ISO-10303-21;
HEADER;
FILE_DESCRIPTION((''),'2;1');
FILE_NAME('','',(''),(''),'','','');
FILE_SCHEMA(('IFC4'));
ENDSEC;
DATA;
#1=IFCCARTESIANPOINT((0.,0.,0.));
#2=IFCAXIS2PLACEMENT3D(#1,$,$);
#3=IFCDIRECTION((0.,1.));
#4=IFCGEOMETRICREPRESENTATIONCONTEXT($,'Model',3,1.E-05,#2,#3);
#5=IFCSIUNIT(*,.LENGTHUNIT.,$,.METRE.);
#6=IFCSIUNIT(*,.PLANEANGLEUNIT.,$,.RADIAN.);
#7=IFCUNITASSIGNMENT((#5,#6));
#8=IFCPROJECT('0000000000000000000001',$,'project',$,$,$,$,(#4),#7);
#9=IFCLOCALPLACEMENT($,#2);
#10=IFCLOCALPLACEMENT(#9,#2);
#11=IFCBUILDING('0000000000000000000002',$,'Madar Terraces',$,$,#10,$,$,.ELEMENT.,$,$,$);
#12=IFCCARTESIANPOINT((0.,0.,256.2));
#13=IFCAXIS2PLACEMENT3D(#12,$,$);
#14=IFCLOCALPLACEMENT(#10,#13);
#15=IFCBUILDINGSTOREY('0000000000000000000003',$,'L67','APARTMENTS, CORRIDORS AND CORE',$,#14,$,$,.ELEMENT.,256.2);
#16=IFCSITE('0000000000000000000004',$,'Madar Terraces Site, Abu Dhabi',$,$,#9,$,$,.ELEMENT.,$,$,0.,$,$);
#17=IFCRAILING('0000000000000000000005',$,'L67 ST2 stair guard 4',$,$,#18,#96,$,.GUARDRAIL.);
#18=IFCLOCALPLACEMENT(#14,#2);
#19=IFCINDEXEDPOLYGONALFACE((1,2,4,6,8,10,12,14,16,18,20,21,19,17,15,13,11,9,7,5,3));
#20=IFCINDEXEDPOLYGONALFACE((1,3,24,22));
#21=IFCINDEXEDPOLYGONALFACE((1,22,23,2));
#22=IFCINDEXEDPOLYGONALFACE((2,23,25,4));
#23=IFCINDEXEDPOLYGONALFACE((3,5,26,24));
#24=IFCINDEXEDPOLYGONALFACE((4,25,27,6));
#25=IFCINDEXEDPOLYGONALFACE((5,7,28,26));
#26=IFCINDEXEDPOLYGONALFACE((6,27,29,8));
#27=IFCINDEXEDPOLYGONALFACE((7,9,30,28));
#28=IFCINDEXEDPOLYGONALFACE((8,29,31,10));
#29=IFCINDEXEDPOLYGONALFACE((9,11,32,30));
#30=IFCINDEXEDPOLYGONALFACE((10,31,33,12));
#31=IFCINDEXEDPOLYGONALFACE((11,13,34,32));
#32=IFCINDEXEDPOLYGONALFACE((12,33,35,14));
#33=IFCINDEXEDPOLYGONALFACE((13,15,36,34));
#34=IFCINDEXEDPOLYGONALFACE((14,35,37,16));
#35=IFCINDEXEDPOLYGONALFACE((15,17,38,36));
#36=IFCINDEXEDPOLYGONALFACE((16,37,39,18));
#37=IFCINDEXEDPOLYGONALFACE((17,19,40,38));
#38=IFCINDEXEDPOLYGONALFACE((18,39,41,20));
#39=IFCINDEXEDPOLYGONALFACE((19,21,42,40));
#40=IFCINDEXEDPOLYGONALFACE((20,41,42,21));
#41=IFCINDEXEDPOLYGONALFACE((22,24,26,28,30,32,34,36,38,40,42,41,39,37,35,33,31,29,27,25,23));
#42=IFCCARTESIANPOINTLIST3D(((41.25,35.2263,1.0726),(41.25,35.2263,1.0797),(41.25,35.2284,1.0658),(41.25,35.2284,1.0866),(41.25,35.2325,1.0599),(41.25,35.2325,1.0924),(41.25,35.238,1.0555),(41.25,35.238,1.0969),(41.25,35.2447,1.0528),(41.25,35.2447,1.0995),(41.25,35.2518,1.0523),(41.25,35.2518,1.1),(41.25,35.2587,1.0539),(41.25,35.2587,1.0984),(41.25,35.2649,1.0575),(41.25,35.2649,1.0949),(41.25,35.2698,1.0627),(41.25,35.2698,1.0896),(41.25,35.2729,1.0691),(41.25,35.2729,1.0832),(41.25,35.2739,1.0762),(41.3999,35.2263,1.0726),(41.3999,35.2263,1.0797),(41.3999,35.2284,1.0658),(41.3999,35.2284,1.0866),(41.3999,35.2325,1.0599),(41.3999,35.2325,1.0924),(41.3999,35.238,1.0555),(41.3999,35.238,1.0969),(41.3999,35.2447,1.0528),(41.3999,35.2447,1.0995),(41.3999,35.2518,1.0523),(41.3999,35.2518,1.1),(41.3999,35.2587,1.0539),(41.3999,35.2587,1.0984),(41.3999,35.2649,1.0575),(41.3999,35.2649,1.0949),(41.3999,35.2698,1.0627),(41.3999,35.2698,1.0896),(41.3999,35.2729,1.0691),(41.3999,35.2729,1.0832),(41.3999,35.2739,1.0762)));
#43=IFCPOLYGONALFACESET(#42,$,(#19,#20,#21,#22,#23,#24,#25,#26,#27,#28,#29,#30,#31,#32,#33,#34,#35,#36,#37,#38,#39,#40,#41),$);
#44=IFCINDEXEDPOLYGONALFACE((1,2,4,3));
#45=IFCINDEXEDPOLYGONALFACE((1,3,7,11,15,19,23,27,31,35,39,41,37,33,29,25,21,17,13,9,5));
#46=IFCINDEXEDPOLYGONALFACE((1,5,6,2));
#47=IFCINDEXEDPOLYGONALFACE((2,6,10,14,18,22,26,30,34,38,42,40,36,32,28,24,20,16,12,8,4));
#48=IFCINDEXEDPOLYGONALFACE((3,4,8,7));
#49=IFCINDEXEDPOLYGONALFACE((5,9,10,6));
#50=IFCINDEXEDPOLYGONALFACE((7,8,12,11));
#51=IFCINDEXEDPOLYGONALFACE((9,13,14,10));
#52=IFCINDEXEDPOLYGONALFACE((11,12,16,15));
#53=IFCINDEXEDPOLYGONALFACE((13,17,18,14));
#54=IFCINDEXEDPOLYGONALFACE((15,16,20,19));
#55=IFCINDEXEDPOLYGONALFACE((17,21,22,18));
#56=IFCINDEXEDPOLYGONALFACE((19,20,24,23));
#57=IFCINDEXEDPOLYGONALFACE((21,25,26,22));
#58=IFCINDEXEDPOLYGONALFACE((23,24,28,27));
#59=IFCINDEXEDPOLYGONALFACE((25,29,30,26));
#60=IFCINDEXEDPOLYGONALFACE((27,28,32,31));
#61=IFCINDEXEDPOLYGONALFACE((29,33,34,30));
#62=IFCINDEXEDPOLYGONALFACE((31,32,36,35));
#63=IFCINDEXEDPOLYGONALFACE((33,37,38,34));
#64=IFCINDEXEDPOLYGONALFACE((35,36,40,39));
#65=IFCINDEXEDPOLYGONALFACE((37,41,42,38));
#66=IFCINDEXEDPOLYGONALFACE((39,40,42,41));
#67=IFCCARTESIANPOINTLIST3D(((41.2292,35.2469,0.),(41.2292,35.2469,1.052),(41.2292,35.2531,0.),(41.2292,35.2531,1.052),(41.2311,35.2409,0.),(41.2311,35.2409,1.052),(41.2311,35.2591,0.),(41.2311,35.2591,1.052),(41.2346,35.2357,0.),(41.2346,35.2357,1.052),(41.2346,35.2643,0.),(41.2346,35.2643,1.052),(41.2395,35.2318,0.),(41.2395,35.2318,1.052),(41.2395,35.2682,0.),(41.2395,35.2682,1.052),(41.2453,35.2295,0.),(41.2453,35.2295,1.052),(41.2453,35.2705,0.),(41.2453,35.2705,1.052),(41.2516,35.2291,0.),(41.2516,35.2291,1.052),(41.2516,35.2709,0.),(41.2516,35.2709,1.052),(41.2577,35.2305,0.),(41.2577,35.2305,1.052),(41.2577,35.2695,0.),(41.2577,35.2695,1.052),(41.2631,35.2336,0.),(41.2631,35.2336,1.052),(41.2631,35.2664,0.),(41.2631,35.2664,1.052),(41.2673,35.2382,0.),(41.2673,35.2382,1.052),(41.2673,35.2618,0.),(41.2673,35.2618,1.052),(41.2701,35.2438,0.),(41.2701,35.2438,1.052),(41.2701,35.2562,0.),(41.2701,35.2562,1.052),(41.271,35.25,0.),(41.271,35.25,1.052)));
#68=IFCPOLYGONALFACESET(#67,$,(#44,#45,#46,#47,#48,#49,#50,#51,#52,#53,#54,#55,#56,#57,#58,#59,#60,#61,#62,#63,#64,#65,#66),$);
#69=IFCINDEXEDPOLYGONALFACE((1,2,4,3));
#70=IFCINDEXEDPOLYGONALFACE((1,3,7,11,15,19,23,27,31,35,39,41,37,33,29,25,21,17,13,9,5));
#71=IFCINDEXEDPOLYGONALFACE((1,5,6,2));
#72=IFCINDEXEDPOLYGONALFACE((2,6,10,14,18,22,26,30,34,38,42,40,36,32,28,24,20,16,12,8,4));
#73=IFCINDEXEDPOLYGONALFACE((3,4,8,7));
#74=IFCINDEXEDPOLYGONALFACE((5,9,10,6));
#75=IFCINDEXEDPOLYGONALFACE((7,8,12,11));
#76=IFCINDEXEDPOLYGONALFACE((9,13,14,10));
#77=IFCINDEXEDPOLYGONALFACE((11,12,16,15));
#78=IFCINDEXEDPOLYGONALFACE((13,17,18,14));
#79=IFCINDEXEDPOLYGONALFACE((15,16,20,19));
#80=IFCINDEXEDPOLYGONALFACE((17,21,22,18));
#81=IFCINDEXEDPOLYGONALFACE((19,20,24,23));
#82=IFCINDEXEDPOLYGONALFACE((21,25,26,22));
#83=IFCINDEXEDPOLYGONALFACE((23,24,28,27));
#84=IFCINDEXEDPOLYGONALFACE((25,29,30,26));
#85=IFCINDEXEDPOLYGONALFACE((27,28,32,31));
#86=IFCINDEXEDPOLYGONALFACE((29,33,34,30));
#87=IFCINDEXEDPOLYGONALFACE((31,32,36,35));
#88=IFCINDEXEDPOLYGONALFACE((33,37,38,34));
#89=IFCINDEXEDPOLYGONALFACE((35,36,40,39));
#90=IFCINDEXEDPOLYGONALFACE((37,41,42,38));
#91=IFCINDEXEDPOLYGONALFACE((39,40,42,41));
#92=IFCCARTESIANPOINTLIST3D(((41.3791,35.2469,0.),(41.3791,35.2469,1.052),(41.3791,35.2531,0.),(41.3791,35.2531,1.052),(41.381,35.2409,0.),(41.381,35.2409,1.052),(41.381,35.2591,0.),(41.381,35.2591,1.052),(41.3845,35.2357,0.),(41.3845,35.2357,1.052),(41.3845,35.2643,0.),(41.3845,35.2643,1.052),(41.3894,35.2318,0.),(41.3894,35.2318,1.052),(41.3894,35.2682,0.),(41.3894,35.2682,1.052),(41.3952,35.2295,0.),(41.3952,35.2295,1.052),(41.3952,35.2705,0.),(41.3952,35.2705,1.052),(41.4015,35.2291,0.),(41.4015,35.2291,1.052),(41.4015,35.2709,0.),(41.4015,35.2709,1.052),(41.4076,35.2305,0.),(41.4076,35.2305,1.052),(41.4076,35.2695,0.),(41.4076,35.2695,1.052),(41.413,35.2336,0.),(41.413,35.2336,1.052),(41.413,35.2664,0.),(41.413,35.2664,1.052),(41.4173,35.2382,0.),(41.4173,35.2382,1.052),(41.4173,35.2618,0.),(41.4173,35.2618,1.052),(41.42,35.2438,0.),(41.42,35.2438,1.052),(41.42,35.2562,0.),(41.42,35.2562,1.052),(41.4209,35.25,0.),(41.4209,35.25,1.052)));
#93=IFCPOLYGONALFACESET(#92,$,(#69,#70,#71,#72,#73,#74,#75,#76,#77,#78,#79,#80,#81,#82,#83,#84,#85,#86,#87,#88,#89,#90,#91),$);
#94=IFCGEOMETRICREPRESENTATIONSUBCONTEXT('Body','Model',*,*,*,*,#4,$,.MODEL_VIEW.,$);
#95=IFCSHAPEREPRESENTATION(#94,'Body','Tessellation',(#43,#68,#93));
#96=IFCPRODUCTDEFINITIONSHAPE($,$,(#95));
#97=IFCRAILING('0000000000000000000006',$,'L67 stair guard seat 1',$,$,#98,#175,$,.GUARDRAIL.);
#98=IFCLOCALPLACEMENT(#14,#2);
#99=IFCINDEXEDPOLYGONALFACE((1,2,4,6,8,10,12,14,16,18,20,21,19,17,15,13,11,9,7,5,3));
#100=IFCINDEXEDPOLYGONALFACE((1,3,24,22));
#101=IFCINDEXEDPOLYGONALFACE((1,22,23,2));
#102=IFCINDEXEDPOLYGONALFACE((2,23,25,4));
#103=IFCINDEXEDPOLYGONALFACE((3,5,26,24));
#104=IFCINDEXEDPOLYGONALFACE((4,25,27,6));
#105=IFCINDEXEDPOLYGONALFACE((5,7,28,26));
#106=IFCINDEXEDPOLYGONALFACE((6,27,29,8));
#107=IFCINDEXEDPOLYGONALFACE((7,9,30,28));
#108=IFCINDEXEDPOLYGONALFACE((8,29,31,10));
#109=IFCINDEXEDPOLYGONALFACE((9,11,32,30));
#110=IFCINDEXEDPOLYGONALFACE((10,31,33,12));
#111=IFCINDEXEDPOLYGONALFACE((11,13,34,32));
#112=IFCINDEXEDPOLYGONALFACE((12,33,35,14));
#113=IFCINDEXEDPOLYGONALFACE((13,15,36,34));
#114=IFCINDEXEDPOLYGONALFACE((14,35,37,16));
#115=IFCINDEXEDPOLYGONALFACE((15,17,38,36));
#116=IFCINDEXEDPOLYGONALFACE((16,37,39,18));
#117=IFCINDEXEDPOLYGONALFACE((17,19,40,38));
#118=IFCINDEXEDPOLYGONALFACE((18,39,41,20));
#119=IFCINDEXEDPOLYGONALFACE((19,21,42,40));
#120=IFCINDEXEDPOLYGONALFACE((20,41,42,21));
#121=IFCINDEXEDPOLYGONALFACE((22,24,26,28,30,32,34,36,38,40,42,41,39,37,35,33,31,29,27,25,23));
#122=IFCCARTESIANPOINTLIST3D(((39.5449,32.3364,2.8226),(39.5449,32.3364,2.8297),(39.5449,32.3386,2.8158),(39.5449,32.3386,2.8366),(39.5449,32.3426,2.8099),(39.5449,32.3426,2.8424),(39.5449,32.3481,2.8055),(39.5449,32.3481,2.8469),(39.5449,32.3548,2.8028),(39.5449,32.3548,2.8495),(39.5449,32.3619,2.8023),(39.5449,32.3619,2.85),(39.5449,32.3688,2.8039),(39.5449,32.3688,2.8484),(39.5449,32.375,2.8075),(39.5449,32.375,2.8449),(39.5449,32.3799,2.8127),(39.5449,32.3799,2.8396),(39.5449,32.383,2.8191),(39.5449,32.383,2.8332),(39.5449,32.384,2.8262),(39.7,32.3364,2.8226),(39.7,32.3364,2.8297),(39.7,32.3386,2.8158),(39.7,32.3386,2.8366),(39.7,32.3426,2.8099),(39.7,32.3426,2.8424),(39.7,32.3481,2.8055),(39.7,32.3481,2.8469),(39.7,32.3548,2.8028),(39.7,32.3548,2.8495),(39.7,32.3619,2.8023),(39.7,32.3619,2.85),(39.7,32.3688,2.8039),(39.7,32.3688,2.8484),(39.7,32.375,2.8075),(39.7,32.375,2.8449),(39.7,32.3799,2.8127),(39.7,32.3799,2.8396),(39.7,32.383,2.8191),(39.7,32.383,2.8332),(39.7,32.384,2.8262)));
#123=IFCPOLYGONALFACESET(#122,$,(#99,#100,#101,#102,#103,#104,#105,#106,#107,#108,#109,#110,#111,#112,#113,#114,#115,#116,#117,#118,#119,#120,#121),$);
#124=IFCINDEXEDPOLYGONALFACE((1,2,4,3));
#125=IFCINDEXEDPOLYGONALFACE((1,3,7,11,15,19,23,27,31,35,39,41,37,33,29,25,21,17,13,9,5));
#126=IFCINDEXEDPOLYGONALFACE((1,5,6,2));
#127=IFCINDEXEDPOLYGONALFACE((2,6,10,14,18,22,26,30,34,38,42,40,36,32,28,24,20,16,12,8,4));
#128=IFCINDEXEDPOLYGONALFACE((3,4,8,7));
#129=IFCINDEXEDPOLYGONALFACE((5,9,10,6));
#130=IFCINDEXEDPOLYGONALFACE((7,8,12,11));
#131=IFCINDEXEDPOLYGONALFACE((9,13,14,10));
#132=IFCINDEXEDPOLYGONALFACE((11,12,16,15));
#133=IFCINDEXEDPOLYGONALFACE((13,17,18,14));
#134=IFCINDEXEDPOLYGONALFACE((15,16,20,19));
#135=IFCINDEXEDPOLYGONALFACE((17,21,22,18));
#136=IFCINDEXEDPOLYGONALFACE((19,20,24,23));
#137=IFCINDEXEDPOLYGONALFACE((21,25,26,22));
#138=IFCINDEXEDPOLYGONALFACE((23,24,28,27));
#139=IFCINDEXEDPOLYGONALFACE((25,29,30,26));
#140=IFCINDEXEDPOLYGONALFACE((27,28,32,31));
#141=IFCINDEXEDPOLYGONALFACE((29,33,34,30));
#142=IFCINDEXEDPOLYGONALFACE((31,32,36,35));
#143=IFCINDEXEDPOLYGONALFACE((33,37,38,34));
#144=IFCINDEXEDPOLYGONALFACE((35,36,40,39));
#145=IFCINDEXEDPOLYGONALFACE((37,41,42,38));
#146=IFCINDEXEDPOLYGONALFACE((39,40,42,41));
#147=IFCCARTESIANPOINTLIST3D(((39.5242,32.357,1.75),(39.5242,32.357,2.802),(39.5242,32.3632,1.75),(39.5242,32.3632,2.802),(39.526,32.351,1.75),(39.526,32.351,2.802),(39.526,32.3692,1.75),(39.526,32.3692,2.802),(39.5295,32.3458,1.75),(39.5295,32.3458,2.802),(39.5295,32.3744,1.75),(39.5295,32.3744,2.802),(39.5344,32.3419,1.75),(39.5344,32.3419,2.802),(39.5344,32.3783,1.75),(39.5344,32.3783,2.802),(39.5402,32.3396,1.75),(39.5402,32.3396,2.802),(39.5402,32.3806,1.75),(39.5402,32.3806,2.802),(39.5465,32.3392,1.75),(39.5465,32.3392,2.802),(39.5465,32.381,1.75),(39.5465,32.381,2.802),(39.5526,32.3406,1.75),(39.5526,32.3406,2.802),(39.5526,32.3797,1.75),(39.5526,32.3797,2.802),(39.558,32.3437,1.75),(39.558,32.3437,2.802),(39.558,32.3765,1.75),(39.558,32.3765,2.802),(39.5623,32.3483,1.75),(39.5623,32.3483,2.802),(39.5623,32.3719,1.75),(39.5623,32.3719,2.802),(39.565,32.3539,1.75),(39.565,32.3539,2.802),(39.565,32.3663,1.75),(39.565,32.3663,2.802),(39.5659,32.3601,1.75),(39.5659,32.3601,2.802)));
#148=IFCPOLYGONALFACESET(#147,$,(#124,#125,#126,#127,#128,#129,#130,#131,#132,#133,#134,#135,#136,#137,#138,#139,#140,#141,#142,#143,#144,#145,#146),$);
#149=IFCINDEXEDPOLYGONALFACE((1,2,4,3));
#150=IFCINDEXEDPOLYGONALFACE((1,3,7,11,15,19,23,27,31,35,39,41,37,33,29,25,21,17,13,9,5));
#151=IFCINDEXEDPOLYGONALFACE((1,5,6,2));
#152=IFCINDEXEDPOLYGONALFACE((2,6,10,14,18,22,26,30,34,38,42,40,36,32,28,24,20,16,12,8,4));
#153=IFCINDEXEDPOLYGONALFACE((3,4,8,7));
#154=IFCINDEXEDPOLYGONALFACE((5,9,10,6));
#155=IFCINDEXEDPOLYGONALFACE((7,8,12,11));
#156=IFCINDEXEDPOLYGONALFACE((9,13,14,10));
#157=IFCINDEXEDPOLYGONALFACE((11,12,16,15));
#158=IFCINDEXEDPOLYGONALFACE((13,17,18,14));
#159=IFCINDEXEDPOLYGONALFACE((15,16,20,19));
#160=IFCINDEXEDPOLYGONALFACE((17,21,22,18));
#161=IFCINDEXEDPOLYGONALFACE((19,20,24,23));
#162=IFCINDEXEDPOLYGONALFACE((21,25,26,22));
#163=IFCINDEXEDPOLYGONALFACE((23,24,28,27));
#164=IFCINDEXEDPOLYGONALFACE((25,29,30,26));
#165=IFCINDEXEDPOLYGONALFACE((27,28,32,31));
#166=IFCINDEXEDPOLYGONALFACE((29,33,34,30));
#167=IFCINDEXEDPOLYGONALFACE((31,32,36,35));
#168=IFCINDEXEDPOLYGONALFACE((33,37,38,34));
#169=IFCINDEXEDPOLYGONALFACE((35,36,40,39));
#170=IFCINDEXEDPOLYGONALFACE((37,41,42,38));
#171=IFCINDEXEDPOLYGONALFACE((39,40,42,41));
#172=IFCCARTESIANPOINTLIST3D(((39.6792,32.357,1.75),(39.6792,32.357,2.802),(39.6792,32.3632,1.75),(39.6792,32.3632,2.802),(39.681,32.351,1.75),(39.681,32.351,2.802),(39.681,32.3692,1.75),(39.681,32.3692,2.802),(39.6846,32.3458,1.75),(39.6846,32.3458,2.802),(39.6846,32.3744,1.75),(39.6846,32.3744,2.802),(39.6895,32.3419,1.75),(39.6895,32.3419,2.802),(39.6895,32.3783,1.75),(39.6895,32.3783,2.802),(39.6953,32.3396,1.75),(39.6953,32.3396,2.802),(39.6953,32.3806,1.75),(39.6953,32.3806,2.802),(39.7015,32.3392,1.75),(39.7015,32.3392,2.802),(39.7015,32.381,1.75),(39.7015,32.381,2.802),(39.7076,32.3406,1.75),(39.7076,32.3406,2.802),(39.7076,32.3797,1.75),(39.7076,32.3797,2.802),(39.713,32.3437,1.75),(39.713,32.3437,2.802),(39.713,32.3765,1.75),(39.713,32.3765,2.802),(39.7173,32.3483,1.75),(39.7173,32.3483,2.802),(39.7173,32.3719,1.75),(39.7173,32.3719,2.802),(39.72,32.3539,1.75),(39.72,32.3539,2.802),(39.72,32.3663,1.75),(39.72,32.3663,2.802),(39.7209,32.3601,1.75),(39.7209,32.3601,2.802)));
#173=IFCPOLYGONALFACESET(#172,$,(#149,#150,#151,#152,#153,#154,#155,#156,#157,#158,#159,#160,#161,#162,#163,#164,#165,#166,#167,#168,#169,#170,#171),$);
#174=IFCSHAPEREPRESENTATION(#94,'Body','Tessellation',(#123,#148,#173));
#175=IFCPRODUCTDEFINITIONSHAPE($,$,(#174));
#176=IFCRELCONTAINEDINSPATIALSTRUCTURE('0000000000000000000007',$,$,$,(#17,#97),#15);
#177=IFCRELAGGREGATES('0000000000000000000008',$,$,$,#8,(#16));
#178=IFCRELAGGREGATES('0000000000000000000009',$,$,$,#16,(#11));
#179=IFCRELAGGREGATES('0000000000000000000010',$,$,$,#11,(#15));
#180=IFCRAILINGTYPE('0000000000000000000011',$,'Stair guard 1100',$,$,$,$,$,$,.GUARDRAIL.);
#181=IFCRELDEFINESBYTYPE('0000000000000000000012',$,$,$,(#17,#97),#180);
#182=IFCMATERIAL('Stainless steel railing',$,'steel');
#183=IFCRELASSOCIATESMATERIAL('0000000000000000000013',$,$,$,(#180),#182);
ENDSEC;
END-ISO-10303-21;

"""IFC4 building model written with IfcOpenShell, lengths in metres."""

from ifc_helpers import new_model, si_unit, direction, frame, origin, origin_2d, place, context, subcontext, project, spatial, circle, extrude, material, type_object, element, save


model = new_model("IFC4")

# Units and contexts
model_context = context("Model", 3, precision=1e-05, world=origin(), true_north=direction((0.0, 1.0)))
body_context = subcontext(model_context, "Body", "Model", "MODEL_VIEW")
ifc_project = project(units=[si_unit("LENGTHUNIT", "METRE"), si_unit("PLANEANGLEUNIT", "RADIAN")], contexts=[model_context])

# Site, building, storey
site_placement = place(None, origin())
site = spatial("IfcSite", under=ifc_project, at=site_placement, Name="Madar Terraces Site, Abu Dhabi", CompositionType="ELEMENT", RefElevation=0.0)
building_placement = place(site_placement, origin())
building = spatial("IfcBuilding", under=site, at=building_placement, Name="Madar Terraces", CompositionType="ELEMENT")
storey_placement = place(building_placement, frame((0.0, 0.0, 256.2)))
storey = spatial("IfcBuildingStorey", under=building, at=storey_placement, Name="L67", Description="APARTMENTS, CORRIDORS AND CORE", CompositionType="ELEMENT", Elevation=256.2)

# Railings
ifc_material_1 = material(Name="Stainless steel railing", Category="steel")
railing_type_1 = type_object("IfcRailingType", Name="Stair guard 1100", PredefinedType="GUARDRAIL", material=ifc_material_1)
railing_1_placement = place(storey_placement, frame((41.25, 35.25, 0.0)))
element("IfcRailing", 1, at=railing_1_placement, inside=storey, type_object=railing_type_1, Name="L67 ST2 stair guard 4", PredefinedType="GUARDRAIL", context=body_context, shape_type="SweptSolid", body=[
    extrude(circle(Radius=0.0239, at=origin_2d()), frame((0.0, 0.0, 1.0762), z_axis=(1.0, 0.0, 0.0), x_axis=(0.0, 1.0, 0.0)), (0.0, 0.0, 1.0), 0.1499),
    extrude(circle(Radius=0.021, at=origin_2d()), origin(), (0.0, 0.0, 1.0), 1.052),
    extrude(circle(Radius=0.021, at=origin_2d()), frame((0.1499, 0.0, 0.0)), (0.0, 0.0, 1.0), 1.052),
])
for number, where, name in (
    (2, (39.5449, 32.3601, 1.75), "L67 stair guard seat 1"),
):
    element("IfcRailing", number, at=place(storey_placement, frame(where)), inside=storey, type_object=railing_type_1, Name=name, PredefinedType="GUARDRAIL", context=body_context, shape_type="SweptSolid", body=[
        extrude(circle(Radius=0.0239, at=origin_2d()), frame((0.0, 0.0, 1.0762), z_axis=(1.0, 0.0, 0.0), x_axis=(0.0, 1.0, 0.0)), (0.0, 0.0, 1.0), 0.155),
        extrude(circle(Radius=0.021, at=origin_2d()), origin(), (0.0, 0.0, 1.0), 1.052),
        extrude(circle(Radius=0.021, at=origin_2d()), frame((0.155, 0.0, 0.0)), (0.0, 0.0, 1.0), 1.052),
    ])

save(model, "model.ifc")
